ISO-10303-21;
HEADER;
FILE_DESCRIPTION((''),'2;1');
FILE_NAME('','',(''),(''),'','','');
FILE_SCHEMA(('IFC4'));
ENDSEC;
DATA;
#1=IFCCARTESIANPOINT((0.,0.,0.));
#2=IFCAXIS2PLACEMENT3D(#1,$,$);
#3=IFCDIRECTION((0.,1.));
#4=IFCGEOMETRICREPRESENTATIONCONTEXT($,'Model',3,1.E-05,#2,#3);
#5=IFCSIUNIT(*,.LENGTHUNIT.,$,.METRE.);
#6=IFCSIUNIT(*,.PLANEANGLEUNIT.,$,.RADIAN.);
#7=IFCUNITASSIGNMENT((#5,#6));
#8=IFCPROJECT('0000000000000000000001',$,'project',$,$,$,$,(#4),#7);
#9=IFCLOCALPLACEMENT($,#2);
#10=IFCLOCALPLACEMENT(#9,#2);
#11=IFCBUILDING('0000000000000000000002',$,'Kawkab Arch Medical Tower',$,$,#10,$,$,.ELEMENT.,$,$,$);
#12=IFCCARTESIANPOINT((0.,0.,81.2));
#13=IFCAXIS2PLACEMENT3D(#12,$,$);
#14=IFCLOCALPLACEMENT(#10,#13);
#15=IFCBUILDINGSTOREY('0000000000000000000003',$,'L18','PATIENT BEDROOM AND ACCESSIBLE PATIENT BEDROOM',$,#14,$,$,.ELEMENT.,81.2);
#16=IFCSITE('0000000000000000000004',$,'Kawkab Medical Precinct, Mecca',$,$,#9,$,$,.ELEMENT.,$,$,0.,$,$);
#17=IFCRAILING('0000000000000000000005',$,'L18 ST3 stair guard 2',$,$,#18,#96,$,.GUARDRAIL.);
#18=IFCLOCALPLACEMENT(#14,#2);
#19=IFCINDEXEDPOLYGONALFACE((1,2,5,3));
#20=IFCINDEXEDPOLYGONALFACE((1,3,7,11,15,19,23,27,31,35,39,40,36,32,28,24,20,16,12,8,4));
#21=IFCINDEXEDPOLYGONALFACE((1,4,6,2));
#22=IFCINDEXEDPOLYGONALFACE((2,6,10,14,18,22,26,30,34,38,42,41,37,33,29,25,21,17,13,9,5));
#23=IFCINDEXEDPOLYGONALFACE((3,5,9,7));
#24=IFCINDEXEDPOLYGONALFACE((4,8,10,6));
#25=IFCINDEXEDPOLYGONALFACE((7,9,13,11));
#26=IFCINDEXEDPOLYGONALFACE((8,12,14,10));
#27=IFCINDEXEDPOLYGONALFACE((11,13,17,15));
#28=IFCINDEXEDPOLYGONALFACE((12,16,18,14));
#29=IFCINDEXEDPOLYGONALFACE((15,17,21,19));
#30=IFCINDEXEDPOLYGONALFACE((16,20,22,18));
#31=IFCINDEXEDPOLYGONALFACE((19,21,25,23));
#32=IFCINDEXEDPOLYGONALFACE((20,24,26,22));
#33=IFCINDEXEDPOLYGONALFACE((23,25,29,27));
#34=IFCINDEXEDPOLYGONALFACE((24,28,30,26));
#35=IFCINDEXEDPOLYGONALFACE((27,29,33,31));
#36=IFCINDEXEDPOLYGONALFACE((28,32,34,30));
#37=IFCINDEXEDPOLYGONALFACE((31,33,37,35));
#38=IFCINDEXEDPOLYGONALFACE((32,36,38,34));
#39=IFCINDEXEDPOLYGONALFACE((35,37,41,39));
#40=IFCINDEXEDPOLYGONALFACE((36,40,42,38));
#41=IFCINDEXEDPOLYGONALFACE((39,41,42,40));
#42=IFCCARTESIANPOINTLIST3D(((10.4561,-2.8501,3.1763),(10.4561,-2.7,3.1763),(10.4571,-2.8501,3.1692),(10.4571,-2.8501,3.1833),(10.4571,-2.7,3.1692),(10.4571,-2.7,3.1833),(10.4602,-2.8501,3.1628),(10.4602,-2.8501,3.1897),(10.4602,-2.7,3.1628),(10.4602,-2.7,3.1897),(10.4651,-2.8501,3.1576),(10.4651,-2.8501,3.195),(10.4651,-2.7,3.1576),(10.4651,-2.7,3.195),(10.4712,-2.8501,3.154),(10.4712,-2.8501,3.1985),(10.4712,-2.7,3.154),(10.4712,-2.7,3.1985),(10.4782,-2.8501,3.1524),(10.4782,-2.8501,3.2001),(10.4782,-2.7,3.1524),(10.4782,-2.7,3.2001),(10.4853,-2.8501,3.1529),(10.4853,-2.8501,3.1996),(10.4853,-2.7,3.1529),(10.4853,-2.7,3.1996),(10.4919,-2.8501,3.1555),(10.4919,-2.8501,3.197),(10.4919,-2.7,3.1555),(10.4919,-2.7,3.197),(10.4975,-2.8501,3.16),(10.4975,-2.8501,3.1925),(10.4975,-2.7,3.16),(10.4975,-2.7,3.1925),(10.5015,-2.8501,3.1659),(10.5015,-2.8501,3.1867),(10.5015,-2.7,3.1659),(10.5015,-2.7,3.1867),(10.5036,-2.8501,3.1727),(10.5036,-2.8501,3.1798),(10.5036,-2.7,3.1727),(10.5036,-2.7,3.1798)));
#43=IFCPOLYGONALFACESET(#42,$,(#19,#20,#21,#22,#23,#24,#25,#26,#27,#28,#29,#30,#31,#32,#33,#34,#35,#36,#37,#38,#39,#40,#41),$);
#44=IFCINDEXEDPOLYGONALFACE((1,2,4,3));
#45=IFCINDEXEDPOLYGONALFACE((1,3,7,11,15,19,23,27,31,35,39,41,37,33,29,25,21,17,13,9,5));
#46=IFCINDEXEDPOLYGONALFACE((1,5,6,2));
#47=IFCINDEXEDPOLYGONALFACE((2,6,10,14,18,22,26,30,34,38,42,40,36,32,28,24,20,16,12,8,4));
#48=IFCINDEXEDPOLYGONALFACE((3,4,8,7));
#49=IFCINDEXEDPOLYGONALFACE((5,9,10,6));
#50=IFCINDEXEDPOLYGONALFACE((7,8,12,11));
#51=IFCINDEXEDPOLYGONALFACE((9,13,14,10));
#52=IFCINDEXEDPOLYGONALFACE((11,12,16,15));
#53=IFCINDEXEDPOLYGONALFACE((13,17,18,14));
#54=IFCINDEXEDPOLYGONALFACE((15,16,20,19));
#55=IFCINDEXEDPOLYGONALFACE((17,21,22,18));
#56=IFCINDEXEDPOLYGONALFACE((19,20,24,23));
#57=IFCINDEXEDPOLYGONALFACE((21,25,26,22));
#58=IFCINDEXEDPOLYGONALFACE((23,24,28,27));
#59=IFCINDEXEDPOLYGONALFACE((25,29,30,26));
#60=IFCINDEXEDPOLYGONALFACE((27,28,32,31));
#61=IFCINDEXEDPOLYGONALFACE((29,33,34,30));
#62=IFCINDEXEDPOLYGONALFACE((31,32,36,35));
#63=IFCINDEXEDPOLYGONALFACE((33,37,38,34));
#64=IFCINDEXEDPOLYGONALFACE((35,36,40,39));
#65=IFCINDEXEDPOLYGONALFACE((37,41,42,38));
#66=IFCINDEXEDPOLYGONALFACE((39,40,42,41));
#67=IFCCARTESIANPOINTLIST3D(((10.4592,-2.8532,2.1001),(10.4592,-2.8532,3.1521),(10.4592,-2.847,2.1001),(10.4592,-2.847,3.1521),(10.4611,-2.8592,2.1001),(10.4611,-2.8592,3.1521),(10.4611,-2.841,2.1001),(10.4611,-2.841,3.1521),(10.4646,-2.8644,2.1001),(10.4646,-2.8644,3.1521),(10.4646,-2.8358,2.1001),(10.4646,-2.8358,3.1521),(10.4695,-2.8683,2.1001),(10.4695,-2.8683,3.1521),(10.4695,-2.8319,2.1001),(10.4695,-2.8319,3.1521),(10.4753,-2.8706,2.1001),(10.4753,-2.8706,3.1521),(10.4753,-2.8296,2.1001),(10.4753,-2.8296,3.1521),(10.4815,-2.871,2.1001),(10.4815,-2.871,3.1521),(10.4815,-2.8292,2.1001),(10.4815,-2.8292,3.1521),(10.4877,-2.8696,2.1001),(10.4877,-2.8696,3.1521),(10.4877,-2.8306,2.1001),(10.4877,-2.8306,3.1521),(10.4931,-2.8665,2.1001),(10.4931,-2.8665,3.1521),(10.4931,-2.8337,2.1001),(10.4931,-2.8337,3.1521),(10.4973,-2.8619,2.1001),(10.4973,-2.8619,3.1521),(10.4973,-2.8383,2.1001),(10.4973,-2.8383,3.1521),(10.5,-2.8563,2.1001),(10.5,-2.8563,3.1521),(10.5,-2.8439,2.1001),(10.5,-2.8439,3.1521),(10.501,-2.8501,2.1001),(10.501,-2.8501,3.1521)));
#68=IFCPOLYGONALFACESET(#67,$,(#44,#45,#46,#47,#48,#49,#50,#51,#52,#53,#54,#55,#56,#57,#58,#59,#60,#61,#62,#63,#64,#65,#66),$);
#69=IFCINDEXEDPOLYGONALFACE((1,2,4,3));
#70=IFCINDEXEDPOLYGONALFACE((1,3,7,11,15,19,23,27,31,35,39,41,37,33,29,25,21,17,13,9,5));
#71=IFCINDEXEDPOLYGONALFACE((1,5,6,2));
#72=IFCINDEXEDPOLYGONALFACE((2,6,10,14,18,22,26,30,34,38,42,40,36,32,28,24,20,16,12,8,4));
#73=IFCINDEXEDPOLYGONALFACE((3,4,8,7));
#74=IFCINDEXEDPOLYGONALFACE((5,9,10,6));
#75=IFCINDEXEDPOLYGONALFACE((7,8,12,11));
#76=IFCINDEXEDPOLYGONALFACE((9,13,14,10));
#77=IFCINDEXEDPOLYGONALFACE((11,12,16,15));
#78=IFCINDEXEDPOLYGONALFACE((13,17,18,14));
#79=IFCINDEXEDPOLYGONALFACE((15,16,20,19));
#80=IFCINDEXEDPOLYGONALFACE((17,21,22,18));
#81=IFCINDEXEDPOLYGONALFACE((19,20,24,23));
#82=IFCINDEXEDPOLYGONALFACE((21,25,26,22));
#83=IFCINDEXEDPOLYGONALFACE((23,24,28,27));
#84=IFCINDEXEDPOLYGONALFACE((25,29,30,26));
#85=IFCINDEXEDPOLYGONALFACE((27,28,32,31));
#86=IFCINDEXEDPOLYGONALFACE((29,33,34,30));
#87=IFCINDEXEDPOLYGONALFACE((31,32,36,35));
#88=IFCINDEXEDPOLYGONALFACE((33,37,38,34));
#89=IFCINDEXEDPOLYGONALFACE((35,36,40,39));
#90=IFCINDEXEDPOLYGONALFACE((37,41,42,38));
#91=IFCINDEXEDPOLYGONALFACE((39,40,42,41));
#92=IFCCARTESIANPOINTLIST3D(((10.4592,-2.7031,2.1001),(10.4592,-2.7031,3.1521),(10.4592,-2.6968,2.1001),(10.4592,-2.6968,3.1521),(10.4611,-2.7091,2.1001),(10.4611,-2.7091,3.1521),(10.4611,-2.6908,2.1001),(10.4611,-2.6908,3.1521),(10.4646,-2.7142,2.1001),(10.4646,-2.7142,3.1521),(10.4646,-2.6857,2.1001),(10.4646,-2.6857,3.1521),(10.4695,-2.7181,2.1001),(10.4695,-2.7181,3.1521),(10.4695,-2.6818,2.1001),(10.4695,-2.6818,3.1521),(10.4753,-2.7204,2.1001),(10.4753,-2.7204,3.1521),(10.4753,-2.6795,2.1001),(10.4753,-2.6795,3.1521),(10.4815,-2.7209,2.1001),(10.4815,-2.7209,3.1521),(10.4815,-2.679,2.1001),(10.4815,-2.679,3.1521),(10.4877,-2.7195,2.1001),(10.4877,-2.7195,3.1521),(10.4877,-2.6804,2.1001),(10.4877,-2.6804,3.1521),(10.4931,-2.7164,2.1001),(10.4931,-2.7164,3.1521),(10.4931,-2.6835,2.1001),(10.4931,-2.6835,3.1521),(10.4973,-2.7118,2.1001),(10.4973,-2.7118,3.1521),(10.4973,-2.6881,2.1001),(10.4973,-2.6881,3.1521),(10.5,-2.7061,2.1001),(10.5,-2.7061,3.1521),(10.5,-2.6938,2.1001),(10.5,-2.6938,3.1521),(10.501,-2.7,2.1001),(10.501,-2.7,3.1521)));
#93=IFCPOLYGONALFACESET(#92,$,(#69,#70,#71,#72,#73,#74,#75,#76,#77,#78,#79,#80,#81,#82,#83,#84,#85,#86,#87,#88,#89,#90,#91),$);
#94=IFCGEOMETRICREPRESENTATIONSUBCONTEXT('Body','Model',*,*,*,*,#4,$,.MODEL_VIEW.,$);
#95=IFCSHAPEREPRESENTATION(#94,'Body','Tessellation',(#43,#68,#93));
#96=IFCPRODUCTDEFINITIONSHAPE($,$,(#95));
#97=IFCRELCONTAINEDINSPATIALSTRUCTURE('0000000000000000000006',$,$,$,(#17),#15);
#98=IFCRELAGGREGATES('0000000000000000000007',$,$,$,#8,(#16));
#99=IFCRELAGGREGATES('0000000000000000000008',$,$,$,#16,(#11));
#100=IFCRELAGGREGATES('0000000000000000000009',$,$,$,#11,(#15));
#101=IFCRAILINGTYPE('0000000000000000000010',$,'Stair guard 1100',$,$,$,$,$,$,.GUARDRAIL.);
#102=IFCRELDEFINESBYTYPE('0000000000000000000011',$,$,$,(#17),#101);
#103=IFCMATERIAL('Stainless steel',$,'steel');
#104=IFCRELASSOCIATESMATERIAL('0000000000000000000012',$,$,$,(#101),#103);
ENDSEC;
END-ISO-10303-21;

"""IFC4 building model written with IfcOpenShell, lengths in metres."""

from ifc_helpers import new_model, si_unit, direction, frame, origin, origin_2d, place, context, subcontext, project, spatial, circle, extrude, material, type_object, element, save


model = new_model("IFC4")

# Units and contexts
model_context = context("Model", 3, precision=1e-05, world=origin(), true_north=direction((0.0, 1.0)))
body_context = subcontext(model_context, "Body", "Model", "MODEL_VIEW")
ifc_project = project(units=[si_unit("LENGTHUNIT", "METRE"), si_unit("PLANEANGLEUNIT", "RADIAN")], contexts=[model_context])

# Site, building, storey
site_placement = place(None, origin())
site = spatial("IfcSite", under=ifc_project, at=site_placement, Name="Kawkab Medical Precinct, Mecca", CompositionType="ELEMENT", RefElevation=0.0)
building_placement = place(site_placement, origin())
building = spatial("IfcBuilding", under=site, at=building_placement, Name="Kawkab Arch Medical Tower", CompositionType="ELEMENT")
storey_placement = place(building_placement, frame((0.0, 0.0, 81.2)))
storey = spatial("IfcBuildingStorey", under=building, at=storey_placement, Name="L18", Description="PATIENT BEDROOM AND ACCESSIBLE PATIENT BEDROOM", CompositionType="ELEMENT", Elevation=81.2)

# Railing
ifc_material_1 = material(Name="Stainless steel", Category="steel")
railing_type_1 = type_object("IfcRailingType", Name="Stair guard 1100", PredefinedType="GUARDRAIL", material=ifc_material_1)
railing_1_placement = place(storey_placement, frame((10.48, -2.8501, 2.1001)))
element("IfcRailing", 1, at=railing_1_placement, inside=storey, type_object=railing_type_1, Name="L18 ST3 stair guard 2", PredefinedType="GUARDRAIL", context=body_context, shape_type="SweptSolid", body=[
    extrude(circle(Radius=0.0239, at=origin_2d()), frame((0.0, 0.0, 1.0762), z_axis=(0.0, 1.0, 0.0), x_axis=(-1.0, 0.0, 0.0)), (0.0, 0.0, 1.0), 0.1501),
    extrude(circle(Radius=0.021, at=origin_2d()), origin(), (0.0, 0.0, 1.0), 1.052),
    extrude(circle(Radius=0.021, at=origin_2d()), frame((0.0, 0.1501, 0.0)), (0.0, 0.0, 1.0), 1.052),
])

save(model, "model.ifc")
